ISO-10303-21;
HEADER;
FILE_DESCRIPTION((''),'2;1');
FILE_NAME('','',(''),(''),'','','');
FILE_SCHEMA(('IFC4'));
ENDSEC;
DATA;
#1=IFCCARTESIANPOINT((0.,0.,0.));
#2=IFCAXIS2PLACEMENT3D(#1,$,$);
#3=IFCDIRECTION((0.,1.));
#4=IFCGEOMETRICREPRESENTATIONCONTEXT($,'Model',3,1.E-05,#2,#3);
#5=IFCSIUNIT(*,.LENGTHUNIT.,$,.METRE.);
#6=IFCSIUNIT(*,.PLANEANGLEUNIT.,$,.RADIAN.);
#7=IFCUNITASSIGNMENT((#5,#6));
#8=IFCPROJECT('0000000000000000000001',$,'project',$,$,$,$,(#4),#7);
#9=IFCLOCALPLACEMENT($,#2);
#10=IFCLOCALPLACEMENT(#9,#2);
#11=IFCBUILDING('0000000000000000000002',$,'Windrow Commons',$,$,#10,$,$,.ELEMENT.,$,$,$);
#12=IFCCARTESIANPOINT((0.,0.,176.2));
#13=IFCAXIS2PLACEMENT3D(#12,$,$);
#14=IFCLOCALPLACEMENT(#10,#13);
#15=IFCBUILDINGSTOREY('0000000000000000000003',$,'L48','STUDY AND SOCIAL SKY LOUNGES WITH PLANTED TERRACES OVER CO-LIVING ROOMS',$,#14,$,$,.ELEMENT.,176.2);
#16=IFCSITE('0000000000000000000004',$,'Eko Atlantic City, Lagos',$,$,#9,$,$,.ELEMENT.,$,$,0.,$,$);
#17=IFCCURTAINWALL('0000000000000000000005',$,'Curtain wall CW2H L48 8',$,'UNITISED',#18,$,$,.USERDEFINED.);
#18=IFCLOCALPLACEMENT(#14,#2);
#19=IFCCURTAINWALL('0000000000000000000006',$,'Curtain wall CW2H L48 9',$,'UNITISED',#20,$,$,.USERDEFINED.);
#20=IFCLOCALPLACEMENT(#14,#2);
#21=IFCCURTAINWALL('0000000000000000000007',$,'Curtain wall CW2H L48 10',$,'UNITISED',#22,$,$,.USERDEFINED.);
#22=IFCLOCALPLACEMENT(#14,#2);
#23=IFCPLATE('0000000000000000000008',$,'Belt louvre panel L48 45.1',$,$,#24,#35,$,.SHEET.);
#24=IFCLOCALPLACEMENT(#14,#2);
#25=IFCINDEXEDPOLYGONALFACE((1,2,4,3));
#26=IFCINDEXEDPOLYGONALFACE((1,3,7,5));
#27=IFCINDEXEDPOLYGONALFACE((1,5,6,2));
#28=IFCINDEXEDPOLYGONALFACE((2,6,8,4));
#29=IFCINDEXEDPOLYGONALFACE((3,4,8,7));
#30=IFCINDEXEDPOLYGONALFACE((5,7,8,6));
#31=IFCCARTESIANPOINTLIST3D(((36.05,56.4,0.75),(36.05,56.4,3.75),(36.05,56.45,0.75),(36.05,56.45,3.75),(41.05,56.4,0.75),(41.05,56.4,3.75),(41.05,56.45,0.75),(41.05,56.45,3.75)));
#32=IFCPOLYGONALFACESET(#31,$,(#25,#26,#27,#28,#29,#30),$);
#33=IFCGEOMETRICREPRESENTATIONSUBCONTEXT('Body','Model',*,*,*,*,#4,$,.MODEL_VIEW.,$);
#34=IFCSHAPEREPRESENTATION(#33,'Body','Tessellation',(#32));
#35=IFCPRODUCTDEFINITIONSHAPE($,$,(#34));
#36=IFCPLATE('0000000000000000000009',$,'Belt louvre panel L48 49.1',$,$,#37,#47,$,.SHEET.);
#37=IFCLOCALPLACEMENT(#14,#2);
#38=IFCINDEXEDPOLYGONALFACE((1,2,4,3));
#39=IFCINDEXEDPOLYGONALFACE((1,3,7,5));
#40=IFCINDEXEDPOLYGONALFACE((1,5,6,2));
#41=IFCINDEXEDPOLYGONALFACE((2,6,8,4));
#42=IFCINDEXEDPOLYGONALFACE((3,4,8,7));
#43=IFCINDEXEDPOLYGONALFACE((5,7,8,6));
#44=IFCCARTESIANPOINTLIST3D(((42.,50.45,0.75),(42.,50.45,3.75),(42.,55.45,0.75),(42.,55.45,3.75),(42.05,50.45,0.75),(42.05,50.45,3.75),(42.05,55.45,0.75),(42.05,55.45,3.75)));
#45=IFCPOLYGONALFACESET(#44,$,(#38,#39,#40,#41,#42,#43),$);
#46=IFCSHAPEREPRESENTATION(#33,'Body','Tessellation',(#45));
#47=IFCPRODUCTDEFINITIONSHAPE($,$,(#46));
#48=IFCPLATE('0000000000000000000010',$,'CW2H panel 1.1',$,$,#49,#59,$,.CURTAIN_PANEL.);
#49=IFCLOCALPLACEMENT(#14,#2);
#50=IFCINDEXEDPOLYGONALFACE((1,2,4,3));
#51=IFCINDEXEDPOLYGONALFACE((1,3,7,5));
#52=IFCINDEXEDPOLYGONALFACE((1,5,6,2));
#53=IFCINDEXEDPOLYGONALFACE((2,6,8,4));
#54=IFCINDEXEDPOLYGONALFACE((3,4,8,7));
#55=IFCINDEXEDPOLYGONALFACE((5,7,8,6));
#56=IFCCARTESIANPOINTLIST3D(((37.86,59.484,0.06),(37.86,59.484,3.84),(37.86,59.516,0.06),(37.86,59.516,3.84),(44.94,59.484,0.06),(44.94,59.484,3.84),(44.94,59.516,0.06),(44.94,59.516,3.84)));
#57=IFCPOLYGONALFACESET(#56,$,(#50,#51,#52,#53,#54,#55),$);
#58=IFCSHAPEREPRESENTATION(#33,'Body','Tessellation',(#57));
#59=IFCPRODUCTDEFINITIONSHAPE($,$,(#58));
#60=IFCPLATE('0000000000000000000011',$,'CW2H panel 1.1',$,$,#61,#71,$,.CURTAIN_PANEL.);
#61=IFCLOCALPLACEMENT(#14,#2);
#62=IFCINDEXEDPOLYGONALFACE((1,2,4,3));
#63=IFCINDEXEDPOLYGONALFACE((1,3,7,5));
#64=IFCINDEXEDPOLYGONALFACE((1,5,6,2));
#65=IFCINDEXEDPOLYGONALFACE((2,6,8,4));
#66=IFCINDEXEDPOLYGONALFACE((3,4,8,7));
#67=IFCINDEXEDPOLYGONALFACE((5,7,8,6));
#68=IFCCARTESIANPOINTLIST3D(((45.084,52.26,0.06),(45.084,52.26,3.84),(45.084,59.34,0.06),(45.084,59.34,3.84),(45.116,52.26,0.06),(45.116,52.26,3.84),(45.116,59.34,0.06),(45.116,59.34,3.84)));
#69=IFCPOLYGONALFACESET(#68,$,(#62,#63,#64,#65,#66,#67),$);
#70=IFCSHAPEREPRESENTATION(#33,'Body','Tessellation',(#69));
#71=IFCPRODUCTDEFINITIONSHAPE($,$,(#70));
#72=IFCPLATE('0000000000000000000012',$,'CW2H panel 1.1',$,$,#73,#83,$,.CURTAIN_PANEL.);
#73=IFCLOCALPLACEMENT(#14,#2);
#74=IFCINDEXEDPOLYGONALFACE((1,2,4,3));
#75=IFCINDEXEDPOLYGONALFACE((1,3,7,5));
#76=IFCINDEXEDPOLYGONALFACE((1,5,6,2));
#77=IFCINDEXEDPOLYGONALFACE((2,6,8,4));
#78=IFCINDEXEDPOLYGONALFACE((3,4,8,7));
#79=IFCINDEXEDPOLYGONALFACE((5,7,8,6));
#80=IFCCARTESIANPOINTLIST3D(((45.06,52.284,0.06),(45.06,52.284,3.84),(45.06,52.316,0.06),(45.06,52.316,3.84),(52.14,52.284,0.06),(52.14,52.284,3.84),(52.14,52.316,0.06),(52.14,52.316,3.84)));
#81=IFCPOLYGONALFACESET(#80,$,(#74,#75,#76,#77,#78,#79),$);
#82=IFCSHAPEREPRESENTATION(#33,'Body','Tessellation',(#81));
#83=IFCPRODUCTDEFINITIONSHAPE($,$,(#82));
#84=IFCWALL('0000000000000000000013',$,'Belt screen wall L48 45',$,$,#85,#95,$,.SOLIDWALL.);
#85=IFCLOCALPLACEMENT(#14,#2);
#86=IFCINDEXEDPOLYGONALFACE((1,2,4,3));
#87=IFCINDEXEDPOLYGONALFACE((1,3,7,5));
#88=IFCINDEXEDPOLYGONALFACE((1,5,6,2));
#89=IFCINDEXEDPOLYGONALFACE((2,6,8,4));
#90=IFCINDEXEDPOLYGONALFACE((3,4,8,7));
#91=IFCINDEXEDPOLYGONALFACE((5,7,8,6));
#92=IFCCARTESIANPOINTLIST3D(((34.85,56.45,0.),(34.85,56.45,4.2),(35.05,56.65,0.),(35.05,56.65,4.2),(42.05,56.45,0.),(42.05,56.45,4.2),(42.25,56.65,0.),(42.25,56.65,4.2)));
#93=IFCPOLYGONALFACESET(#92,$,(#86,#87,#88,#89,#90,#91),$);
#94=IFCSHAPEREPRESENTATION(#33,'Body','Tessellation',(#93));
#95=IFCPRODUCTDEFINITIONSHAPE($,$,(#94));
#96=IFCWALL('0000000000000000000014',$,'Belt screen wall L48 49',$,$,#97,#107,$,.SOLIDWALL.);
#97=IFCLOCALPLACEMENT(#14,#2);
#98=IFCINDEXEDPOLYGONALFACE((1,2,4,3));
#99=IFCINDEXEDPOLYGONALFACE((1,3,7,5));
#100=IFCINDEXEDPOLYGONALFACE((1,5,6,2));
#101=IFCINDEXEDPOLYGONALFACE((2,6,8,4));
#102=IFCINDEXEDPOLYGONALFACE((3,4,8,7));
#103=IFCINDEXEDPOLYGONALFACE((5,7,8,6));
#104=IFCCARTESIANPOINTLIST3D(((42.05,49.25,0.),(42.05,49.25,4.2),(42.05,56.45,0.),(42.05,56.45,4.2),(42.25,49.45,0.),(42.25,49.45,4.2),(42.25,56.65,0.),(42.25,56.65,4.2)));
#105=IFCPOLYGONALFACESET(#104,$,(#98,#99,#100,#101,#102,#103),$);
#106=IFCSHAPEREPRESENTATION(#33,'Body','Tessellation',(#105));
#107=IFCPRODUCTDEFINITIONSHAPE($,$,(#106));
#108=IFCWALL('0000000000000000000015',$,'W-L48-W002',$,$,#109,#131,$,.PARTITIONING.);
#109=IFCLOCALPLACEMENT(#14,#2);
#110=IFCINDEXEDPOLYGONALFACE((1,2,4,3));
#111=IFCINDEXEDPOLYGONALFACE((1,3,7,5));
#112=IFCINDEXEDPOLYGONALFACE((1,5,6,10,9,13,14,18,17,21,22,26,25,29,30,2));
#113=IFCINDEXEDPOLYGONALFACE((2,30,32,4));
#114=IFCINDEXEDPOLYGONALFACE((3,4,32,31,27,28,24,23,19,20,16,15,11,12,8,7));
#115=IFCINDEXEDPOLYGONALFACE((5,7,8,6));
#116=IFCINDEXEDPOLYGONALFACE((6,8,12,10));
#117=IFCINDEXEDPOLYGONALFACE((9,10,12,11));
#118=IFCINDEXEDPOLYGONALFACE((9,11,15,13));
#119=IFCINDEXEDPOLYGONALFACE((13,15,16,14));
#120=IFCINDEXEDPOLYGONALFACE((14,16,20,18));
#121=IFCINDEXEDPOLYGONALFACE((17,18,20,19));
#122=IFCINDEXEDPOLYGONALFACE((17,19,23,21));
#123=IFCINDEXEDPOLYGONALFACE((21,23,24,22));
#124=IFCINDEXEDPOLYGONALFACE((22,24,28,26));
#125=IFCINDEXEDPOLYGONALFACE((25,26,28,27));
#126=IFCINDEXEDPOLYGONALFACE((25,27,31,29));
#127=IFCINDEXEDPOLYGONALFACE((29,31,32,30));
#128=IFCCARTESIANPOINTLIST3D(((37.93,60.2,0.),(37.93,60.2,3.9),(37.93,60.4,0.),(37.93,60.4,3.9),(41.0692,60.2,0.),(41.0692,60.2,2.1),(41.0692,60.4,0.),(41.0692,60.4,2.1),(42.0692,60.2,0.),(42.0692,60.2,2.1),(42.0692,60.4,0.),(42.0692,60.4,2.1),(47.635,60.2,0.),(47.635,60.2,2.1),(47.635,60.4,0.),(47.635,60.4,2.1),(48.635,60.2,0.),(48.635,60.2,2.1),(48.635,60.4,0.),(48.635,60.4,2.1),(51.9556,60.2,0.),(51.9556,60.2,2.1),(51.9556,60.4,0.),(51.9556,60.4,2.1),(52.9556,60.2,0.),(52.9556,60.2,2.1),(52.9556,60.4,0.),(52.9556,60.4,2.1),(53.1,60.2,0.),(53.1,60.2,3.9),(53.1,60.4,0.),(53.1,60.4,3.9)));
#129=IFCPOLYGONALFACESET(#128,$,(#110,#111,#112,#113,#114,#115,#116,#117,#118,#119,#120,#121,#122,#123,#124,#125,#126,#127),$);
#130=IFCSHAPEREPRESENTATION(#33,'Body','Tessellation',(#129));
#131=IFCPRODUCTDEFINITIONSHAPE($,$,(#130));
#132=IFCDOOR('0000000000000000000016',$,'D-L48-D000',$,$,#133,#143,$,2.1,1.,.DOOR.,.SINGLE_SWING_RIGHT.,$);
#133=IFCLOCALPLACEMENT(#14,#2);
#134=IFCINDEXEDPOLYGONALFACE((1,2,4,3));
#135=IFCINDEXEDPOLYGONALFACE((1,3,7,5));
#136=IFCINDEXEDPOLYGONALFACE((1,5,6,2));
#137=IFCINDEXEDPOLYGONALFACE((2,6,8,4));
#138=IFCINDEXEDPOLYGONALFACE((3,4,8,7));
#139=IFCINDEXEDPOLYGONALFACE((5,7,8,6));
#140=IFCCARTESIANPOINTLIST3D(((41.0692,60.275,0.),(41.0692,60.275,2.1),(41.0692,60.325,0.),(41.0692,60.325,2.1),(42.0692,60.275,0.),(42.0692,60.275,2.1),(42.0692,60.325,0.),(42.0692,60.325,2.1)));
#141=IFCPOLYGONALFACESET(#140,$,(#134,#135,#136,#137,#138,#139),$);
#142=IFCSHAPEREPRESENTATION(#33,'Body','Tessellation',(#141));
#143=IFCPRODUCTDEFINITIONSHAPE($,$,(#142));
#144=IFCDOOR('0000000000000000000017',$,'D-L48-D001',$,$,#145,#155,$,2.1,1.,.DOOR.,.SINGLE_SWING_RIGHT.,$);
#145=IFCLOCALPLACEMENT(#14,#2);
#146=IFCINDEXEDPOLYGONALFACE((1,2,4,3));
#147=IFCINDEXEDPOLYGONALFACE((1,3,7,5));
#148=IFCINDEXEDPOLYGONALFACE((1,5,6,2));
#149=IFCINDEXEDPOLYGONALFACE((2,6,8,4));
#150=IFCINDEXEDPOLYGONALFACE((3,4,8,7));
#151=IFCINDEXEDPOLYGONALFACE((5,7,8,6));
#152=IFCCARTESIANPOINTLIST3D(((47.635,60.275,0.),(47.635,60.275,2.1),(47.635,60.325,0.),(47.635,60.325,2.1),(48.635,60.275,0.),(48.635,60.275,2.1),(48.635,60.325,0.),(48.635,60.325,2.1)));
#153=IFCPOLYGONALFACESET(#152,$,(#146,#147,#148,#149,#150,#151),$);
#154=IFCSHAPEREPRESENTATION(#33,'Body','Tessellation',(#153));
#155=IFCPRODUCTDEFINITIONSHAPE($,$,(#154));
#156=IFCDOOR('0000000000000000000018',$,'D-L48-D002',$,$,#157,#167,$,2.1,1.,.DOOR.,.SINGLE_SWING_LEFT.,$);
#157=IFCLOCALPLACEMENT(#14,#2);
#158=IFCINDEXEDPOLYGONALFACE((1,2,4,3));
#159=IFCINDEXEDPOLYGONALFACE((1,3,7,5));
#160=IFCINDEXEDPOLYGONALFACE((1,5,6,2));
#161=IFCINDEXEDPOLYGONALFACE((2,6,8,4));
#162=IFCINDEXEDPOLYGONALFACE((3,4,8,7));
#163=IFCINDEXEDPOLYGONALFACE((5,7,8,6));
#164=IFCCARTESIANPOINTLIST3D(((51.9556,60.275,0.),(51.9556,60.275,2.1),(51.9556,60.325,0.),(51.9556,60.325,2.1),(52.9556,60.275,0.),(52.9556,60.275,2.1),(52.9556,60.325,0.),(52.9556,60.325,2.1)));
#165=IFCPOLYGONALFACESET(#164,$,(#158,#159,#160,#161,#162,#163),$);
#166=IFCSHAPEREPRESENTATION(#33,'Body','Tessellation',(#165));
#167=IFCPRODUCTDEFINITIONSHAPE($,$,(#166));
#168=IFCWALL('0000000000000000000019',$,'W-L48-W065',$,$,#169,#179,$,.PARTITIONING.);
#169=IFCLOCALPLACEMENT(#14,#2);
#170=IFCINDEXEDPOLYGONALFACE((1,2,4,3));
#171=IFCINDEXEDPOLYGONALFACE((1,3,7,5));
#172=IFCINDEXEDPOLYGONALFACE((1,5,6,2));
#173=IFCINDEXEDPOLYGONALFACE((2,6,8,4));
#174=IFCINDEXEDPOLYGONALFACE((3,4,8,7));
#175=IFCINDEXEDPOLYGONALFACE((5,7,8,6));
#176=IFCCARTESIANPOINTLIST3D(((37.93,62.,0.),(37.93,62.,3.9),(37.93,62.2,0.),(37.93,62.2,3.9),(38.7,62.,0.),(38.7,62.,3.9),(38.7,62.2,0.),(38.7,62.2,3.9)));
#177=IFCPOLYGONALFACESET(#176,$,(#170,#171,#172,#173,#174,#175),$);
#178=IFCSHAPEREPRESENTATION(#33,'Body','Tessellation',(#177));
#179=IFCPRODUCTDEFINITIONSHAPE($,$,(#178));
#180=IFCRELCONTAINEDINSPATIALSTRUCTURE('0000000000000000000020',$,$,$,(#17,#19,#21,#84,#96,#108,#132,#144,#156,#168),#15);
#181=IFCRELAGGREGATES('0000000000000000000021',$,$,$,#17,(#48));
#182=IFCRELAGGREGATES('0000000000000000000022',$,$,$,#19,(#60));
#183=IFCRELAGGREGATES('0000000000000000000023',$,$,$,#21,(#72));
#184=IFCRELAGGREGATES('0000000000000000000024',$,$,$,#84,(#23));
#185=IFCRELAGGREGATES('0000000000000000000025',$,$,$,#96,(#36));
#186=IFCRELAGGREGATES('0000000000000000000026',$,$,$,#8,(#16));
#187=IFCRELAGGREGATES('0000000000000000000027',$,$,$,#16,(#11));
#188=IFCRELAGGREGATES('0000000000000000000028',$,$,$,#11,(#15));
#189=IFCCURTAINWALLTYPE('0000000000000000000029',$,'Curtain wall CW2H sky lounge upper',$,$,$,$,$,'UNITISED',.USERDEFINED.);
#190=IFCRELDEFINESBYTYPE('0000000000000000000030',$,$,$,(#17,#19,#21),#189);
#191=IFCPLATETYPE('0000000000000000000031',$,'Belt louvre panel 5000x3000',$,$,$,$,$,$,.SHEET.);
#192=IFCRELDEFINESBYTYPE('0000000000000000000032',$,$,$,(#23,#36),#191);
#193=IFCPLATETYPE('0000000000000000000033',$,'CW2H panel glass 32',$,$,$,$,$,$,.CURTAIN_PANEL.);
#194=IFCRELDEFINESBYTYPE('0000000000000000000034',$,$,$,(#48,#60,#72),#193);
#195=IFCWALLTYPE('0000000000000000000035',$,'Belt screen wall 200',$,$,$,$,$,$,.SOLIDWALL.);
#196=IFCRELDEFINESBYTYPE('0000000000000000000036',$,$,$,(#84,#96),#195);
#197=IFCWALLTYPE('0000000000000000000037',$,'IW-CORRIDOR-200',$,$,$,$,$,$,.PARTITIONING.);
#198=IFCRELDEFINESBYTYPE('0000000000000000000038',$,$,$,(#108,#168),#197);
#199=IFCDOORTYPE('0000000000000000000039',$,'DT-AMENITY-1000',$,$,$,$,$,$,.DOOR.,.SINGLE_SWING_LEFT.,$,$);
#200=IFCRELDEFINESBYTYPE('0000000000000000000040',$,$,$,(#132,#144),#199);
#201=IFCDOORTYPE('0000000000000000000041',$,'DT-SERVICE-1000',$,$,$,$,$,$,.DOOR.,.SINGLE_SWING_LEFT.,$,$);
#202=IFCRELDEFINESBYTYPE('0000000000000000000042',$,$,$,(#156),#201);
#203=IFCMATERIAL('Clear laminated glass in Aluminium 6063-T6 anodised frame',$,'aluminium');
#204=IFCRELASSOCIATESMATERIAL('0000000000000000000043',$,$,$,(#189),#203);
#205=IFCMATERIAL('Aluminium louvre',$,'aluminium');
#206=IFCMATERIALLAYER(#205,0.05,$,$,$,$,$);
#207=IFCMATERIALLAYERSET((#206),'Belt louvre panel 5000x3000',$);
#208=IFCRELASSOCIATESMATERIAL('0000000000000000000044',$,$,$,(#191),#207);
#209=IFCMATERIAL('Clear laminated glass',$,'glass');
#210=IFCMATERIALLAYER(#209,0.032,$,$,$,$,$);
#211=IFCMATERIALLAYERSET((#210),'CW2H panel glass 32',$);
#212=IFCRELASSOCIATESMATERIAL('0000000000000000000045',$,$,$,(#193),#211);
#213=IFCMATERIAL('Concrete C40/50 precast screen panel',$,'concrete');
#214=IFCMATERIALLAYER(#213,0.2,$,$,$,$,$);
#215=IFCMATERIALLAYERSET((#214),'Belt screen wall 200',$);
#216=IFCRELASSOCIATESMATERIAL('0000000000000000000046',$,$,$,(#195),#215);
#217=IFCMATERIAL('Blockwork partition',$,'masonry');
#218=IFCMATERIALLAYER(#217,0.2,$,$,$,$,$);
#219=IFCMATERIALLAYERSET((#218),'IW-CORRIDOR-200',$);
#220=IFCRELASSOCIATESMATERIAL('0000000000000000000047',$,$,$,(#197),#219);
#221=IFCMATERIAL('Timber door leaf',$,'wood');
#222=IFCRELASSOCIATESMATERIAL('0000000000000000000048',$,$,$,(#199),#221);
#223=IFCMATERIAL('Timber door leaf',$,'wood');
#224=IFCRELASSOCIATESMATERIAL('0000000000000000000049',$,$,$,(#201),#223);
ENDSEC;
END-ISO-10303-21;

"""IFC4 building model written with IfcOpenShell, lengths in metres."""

from ifc_helpers import new_model, si_unit, direction, frame, frame_2d, origin, origin_2d, place, context, subcontext, project, spatial, polyline, rectangle, outline, extrude, material, layer, layer_set, type_object, element, fill, aggregate, save


model = new_model("IFC4")

# Units and contexts
model_context = context("Model", 3, precision=1e-05, world=origin(), true_north=direction((0.0, 1.0)))
body_context = subcontext(model_context, "Body", "Model", "MODEL_VIEW")
ifc_project = project(units=[si_unit("LENGTHUNIT", "METRE"), si_unit("PLANEANGLEUNIT", "RADIAN")], contexts=[model_context])

# Site, building, storey
site_placement = place(None, origin())
site = spatial("IfcSite", under=ifc_project, at=site_placement, Name="Eko Atlantic City, Lagos", CompositionType="ELEMENT", RefElevation=0.0)
building_placement = place(site_placement, origin())
building = spatial("IfcBuilding", under=site, at=building_placement, Name="Windrow Commons", CompositionType="ELEMENT")
storey_placement = place(building_placement, frame((0.0, 0.0, 176.2)))
storey = spatial("IfcBuildingStorey", under=building, at=storey_placement, Name="L48", Description="STUDY AND SOCIAL SKY LOUNGES WITH PLANTED TERRACES OVER CO-LIVING ROOMS", CompositionType="ELEMENT", Elevation=176.2)

# Shared definitions
ifc_material_1 = material(Name="Clear laminated glass in Aluminium 6063-T6 anodised frame", Category="aluminium")
curtain_wall_type = type_object("IfcCurtainWallType", Name="Curtain wall CW2H sky lounge upper", ElementType="UNITISED", PredefinedType="USERDEFINED", material=ifc_material_1)
placement = place(storey_placement, origin())

# Curtain wall
curtain_wall_1 = element("IfcCurtainWall", 1, at=placement, inside=storey, type_object=curtain_wall_type, Name="Curtain wall CW2H L48 8", ObjectType="UNITISED", PredefinedType="USERDEFINED")

# Curtain wall
curtain_wall_2 = element("IfcCurtainWall", 2, at=placement, inside=storey, type_object=curtain_wall_type, Name="Curtain wall CW2H L48 9", ObjectType="UNITISED", PredefinedType="USERDEFINED")

# Curtain wall
curtain_wall_3 = element("IfcCurtainWall", 3, at=placement, inside=storey, type_object=curtain_wall_type, Name="Curtain wall CW2H L48 10", ObjectType="UNITISED", PredefinedType="USERDEFINED")

# Plates
ifc_material_2 = material(Name="Aluminium louvre", Category="aluminium")
ifc_layer_1 = layer(ifc_material_2, 0.05)
ifc_layer_set_1 = layer_set([ifc_layer_1], Name="Belt louvre panel 5000x3000")
plate_type_1 = type_object("IfcPlateType", Name="Belt louvre panel 5000x3000", PredefinedType="SHEET", material=ifc_layer_set_1)
plate_1_placement = place(storey_placement, frame((36.05, 56.4, 0.75), z_axis=(0.0, -1.0, 0.0), x_axis=(1.0, 0.0, 0.0)))
plate_1 = element("IfcPlate", 4, at=plate_1_placement, type_object=plate_type_1, Name="Belt louvre panel L48 45.1", PredefinedType="SHEET", context=body_context, shape_type="SweptSolid", body=[
    extrude(outline(polyline([(0.0, 0.0), (5.0, 0.0), (5.0, 3.0), (0.0, 3.0), (0.0, 0.0)])), origin(), (0.0, 0.0, -1.0), 0.05),
])
plate_2_placement = place(storey_placement, frame((42.0, 55.45, 0.75), z_axis=(-1.0, 0.0, 0.0), x_axis=(0.0, -1.0, 0.0)))
plate_2 = element("IfcPlate", 5, at=plate_2_placement, type_object=plate_type_1, Name="Belt louvre panel L48 49.1", PredefinedType="SHEET", context=body_context, shape_type="SweptSolid", body=[
    extrude(outline(polyline([(0.0, 0.0), (5.0, 0.0), (5.0, 3.0), (0.0, 3.0), (0.0, 0.0)])), origin(), (0.0, 0.0, -1.0), 0.05),
])
ifc_material_3 = material(Name="Clear laminated glass", Category="glass")
ifc_layer_2 = layer(ifc_material_3, 0.032)
ifc_layer_set_2 = layer_set([ifc_layer_2], Name="CW2H panel glass 32")
plate_type_2 = type_object("IfcPlateType", Name="CW2H panel glass 32", PredefinedType="CURTAIN_PANEL", material=ifc_layer_set_2)
plate_3_placement = place(storey_placement, frame((41.4, 59.5, 0.06), z_axis=(0.0, 0.0, 1.0), x_axis=(1.0, 0.0, 0.0)))
plate_3 = element("IfcPlate", 6, at=plate_3_placement, type_object=plate_type_2, Name="CW2H panel 1.1", PredefinedType="CURTAIN_PANEL", context=body_context, shape_type="SweptSolid", body=[
    extrude(rectangle(XDim=7.08, YDim=0.032, at=origin_2d()), origin(), (0.0, 0.0, 1.0), 3.78),
])
aggregate(curtain_wall_1, [plate_3])
plate_4_placement = place(storey_placement, frame((45.1, 55.8, 0.06), z_axis=(0.0, 0.0, 1.0), x_axis=(0.0, -1.0, 0.0)))
plate_4 = element("IfcPlate", 7, at=plate_4_placement, type_object=plate_type_2, Name="CW2H panel 1.1", PredefinedType="CURTAIN_PANEL", context=body_context, shape_type="SweptSolid", body=[
    extrude(rectangle(XDim=7.08, YDim=0.032, at=origin_2d()), origin(), (0.0, 0.0, 1.0), 3.78),
])
aggregate(curtain_wall_2, [plate_4])
plate_5_placement = place(storey_placement, frame((48.6, 52.3, 0.06), z_axis=(0.0, 0.0, 1.0), x_axis=(1.0, 0.0, 0.0)))
plate_5 = element("IfcPlate", 8, at=plate_5_placement, type_object=plate_type_2, Name="CW2H panel 1.1", PredefinedType="CURTAIN_PANEL", context=body_context, shape_type="SweptSolid", body=[
    extrude(rectangle(XDim=7.08, YDim=0.032, at=origin_2d()), origin(), (0.0, 0.0, 1.0), 3.78),
])
aggregate(curtain_wall_3, [plate_5])

# Walls
ifc_material_4 = material(Name="Concrete C40/50 precast screen panel", Category="concrete")
ifc_layer_3 = layer(ifc_material_4, 0.2)
ifc_layer_set_3 = layer_set([ifc_layer_3], Name="Belt screen wall 200")
wall_type_1 = type_object("IfcWallType", Name="Belt screen wall 200", PredefinedType="SOLIDWALL", material=ifc_layer_set_3)
wall_1_placement = place(storey_placement, frame((34.95, 56.55, 0.0), z_axis=(0.0, 0.0, 1.0), x_axis=(1.0, 0.0, 0.0)))
wall_1 = element("IfcWall", 9, at=wall_1_placement, inside=storey, type_object=wall_type_1, Name="Belt screen wall L48 45", PredefinedType="SOLIDWALL", context=body_context, shape_type="SweptSolid", body=[
    extrude(outline(polyline([(-0.1, -0.1), (7.1, -0.1), (7.3, 0.1), (0.1, 0.1), (-0.1, -0.1)])), origin(), (0.0, 0.0, 1.0), 4.2),
])
aggregate(wall_1, [plate_1])
wall_2_placement = place(storey_placement, frame((42.15, 56.55, 0.0), z_axis=(0.0, 0.0, 1.0), x_axis=(0.0, -1.0, 0.0)))
wall_2 = element("IfcWall", 10, at=wall_2_placement, inside=storey, type_object=wall_type_1, Name="Belt screen wall L48 49", PredefinedType="SOLIDWALL", context=body_context, shape_type="SweptSolid", body=[
    extrude(outline(polyline([(0.1, -0.1), (7.3, -0.1), (7.1, 0.1), (-0.1, 0.1), (0.1, -0.1)])), origin(), (0.0, 0.0, 1.0), 4.2),
])
aggregate(wall_2, [plate_2])

# Wall, openings, doors
ifc_material_5 = material(Name="Blockwork partition", Category="masonry")
ifc_layer_4 = layer(ifc_material_5, 0.2)
ifc_layer_set_4 = layer_set([ifc_layer_4], Name="IW-CORRIDOR-200")
wall_type_2 = type_object("IfcWallType", Name="IW-CORRIDOR-200", PredefinedType="PARTITIONING", material=ifc_layer_set_4)
wall_3_placement = place(storey_placement, frame((37.93, 60.3, 0.0), z_axis=(0.0, 0.0, 1.0), x_axis=(1.0, 0.0, 0.0)))
wall_3 = element("IfcWall", 11, at=wall_3_placement, inside=storey, type_object=wall_type_2, Name="W-L48-W002", PredefinedType="PARTITIONING", context=body_context, shape_type="SweptSolid", body=[
    extrude(rectangle(XDim=15.17, YDim=0.2, at=frame_2d((7.585, 0.0))), origin(), (0.0, 0.0, 1.0), 3.9),
])
opening_1_placement = place(wall_3_placement, frame((3.1392, 0.0, 0.0)))
opening_1 = element("IfcOpeningElement", 12, at=opening_1_placement, cuts=wall_3, PredefinedType="OPENING", context=body_context, shape_type="SweptSolid", body=[
    extrude(rectangle(XDim=1.0, YDim=2.1, at=frame_2d((0.5, 1.05))), frame((0.0, 0.11, 0.0), z_axis=(0.0, -1.0, 0.0), x_axis=(1.0, 0.0, 0.0)), (0.0, 0.0, 1.0), 0.22),
])
opening_2_placement = place(wall_3_placement, frame((9.705, 0.0, 0.0)))
opening_2 = element("IfcOpeningElement", 13, at=opening_2_placement, cuts=wall_3, PredefinedType="OPENING", context=body_context, shape_type="SweptSolid", body=[
    extrude(rectangle(XDim=1.0, YDim=2.1, at=frame_2d((0.5, 1.05))), frame((0.0, 0.11, 0.0), z_axis=(0.0, -1.0, 0.0), x_axis=(1.0, 0.0, 0.0)), (0.0, 0.0, 1.0), 0.22),
])
opening_3_placement = place(wall_3_placement, frame((14.0256, 0.0, 0.0)))
opening_3 = element("IfcOpeningElement", 14, at=opening_3_placement, cuts=wall_3, PredefinedType="OPENING", context=body_context, shape_type="SweptSolid", body=[
    extrude(rectangle(XDim=1.0, YDim=2.1, at=frame_2d((0.5, 1.05))), frame((0.0, 0.11, 0.0), z_axis=(0.0, -1.0, 0.0), x_axis=(1.0, 0.0, 0.0)), (0.0, 0.0, 1.0), 0.22),
])
ifc_material_6 = material(Name="Timber door leaf", Category="wood")
door_type_1 = type_object("IfcDoorType", Name="DT-AMENITY-1000", OperationType="SINGLE_SWING_LEFT", PredefinedType="DOOR", material=ifc_material_6)
door_1_placement = place(opening_1_placement, origin())
door_1 = element("IfcDoor", 15, at=door_1_placement, inside=storey, type_object=door_type_1, Name="D-L48-D000", OperationType="SINGLE_SWING_RIGHT", OverallHeight=2.1, OverallWidth=1.0, PredefinedType="DOOR", context=body_context, shape_type="SweptSolid", body=[
    extrude(rectangle(XDim=1.0, YDim=2.1, at=frame_2d((0.5, 1.05))), frame((0.0, 0.025, 0.0), z_axis=(0.0, -1.0, 0.0), x_axis=(1.0, 0.0, 0.0)), (0.0, 0.0, 1.0), 0.05),
])
fill(opening_1, door_1)
door_2_placement = place(opening_2_placement, origin())
door_2 = element("IfcDoor", 16, at=door_2_placement, inside=storey, type_object=door_type_1, Name="D-L48-D001", OperationType="SINGLE_SWING_RIGHT", OverallHeight=2.1, OverallWidth=1.0, PredefinedType="DOOR", context=body_context, shape_type="SweptSolid", body=[
    extrude(rectangle(XDim=1.0, YDim=2.1, at=frame_2d((0.5, 1.05))), frame((0.0, 0.025, 0.0), z_axis=(0.0, -1.0, 0.0), x_axis=(1.0, 0.0, 0.0)), (0.0, 0.0, 1.0), 0.05),
])
fill(opening_2, door_2)
ifc_material_7 = material(Name="Timber door leaf", Category="wood")
door_type_2 = type_object("IfcDoorType", Name="DT-SERVICE-1000", OperationType="SINGLE_SWING_LEFT", PredefinedType="DOOR", material=ifc_material_7)
door_3_placement = place(opening_3_placement, origin())
door_3 = element("IfcDoor", 17, at=door_3_placement, inside=storey, type_object=door_type_2, Name="D-L48-D002", OperationType="SINGLE_SWING_LEFT", OverallHeight=2.1, OverallWidth=1.0, PredefinedType="DOOR", context=body_context, shape_type="SweptSolid", body=[
    extrude(rectangle(XDim=1.0, YDim=2.1, at=frame_2d((0.5, 1.05))), frame((0.0, 0.025, 0.0), z_axis=(0.0, -1.0, 0.0), x_axis=(1.0, 0.0, 0.0)), (0.0, 0.0, 1.0), 0.05),
])
fill(opening_3, door_3)

# Wall
wall_4_placement = place(storey_placement, frame((37.93, 62.1, 0.0), z_axis=(0.0, 0.0, 1.0), x_axis=(1.0, 0.0, 0.0)))
element("IfcWall", 18, at=wall_4_placement, inside=storey, type_object=wall_type_2, Name="W-L48-W065", PredefinedType="PARTITIONING", context=body_context, shape_type="SweptSolid", body=[
    extrude(rectangle(XDim=0.77, YDim=0.2, at=frame_2d((0.385, 0.0))), origin(), (0.0, 0.0, 1.0), 3.9),
])

save(model, "model.ifc")
